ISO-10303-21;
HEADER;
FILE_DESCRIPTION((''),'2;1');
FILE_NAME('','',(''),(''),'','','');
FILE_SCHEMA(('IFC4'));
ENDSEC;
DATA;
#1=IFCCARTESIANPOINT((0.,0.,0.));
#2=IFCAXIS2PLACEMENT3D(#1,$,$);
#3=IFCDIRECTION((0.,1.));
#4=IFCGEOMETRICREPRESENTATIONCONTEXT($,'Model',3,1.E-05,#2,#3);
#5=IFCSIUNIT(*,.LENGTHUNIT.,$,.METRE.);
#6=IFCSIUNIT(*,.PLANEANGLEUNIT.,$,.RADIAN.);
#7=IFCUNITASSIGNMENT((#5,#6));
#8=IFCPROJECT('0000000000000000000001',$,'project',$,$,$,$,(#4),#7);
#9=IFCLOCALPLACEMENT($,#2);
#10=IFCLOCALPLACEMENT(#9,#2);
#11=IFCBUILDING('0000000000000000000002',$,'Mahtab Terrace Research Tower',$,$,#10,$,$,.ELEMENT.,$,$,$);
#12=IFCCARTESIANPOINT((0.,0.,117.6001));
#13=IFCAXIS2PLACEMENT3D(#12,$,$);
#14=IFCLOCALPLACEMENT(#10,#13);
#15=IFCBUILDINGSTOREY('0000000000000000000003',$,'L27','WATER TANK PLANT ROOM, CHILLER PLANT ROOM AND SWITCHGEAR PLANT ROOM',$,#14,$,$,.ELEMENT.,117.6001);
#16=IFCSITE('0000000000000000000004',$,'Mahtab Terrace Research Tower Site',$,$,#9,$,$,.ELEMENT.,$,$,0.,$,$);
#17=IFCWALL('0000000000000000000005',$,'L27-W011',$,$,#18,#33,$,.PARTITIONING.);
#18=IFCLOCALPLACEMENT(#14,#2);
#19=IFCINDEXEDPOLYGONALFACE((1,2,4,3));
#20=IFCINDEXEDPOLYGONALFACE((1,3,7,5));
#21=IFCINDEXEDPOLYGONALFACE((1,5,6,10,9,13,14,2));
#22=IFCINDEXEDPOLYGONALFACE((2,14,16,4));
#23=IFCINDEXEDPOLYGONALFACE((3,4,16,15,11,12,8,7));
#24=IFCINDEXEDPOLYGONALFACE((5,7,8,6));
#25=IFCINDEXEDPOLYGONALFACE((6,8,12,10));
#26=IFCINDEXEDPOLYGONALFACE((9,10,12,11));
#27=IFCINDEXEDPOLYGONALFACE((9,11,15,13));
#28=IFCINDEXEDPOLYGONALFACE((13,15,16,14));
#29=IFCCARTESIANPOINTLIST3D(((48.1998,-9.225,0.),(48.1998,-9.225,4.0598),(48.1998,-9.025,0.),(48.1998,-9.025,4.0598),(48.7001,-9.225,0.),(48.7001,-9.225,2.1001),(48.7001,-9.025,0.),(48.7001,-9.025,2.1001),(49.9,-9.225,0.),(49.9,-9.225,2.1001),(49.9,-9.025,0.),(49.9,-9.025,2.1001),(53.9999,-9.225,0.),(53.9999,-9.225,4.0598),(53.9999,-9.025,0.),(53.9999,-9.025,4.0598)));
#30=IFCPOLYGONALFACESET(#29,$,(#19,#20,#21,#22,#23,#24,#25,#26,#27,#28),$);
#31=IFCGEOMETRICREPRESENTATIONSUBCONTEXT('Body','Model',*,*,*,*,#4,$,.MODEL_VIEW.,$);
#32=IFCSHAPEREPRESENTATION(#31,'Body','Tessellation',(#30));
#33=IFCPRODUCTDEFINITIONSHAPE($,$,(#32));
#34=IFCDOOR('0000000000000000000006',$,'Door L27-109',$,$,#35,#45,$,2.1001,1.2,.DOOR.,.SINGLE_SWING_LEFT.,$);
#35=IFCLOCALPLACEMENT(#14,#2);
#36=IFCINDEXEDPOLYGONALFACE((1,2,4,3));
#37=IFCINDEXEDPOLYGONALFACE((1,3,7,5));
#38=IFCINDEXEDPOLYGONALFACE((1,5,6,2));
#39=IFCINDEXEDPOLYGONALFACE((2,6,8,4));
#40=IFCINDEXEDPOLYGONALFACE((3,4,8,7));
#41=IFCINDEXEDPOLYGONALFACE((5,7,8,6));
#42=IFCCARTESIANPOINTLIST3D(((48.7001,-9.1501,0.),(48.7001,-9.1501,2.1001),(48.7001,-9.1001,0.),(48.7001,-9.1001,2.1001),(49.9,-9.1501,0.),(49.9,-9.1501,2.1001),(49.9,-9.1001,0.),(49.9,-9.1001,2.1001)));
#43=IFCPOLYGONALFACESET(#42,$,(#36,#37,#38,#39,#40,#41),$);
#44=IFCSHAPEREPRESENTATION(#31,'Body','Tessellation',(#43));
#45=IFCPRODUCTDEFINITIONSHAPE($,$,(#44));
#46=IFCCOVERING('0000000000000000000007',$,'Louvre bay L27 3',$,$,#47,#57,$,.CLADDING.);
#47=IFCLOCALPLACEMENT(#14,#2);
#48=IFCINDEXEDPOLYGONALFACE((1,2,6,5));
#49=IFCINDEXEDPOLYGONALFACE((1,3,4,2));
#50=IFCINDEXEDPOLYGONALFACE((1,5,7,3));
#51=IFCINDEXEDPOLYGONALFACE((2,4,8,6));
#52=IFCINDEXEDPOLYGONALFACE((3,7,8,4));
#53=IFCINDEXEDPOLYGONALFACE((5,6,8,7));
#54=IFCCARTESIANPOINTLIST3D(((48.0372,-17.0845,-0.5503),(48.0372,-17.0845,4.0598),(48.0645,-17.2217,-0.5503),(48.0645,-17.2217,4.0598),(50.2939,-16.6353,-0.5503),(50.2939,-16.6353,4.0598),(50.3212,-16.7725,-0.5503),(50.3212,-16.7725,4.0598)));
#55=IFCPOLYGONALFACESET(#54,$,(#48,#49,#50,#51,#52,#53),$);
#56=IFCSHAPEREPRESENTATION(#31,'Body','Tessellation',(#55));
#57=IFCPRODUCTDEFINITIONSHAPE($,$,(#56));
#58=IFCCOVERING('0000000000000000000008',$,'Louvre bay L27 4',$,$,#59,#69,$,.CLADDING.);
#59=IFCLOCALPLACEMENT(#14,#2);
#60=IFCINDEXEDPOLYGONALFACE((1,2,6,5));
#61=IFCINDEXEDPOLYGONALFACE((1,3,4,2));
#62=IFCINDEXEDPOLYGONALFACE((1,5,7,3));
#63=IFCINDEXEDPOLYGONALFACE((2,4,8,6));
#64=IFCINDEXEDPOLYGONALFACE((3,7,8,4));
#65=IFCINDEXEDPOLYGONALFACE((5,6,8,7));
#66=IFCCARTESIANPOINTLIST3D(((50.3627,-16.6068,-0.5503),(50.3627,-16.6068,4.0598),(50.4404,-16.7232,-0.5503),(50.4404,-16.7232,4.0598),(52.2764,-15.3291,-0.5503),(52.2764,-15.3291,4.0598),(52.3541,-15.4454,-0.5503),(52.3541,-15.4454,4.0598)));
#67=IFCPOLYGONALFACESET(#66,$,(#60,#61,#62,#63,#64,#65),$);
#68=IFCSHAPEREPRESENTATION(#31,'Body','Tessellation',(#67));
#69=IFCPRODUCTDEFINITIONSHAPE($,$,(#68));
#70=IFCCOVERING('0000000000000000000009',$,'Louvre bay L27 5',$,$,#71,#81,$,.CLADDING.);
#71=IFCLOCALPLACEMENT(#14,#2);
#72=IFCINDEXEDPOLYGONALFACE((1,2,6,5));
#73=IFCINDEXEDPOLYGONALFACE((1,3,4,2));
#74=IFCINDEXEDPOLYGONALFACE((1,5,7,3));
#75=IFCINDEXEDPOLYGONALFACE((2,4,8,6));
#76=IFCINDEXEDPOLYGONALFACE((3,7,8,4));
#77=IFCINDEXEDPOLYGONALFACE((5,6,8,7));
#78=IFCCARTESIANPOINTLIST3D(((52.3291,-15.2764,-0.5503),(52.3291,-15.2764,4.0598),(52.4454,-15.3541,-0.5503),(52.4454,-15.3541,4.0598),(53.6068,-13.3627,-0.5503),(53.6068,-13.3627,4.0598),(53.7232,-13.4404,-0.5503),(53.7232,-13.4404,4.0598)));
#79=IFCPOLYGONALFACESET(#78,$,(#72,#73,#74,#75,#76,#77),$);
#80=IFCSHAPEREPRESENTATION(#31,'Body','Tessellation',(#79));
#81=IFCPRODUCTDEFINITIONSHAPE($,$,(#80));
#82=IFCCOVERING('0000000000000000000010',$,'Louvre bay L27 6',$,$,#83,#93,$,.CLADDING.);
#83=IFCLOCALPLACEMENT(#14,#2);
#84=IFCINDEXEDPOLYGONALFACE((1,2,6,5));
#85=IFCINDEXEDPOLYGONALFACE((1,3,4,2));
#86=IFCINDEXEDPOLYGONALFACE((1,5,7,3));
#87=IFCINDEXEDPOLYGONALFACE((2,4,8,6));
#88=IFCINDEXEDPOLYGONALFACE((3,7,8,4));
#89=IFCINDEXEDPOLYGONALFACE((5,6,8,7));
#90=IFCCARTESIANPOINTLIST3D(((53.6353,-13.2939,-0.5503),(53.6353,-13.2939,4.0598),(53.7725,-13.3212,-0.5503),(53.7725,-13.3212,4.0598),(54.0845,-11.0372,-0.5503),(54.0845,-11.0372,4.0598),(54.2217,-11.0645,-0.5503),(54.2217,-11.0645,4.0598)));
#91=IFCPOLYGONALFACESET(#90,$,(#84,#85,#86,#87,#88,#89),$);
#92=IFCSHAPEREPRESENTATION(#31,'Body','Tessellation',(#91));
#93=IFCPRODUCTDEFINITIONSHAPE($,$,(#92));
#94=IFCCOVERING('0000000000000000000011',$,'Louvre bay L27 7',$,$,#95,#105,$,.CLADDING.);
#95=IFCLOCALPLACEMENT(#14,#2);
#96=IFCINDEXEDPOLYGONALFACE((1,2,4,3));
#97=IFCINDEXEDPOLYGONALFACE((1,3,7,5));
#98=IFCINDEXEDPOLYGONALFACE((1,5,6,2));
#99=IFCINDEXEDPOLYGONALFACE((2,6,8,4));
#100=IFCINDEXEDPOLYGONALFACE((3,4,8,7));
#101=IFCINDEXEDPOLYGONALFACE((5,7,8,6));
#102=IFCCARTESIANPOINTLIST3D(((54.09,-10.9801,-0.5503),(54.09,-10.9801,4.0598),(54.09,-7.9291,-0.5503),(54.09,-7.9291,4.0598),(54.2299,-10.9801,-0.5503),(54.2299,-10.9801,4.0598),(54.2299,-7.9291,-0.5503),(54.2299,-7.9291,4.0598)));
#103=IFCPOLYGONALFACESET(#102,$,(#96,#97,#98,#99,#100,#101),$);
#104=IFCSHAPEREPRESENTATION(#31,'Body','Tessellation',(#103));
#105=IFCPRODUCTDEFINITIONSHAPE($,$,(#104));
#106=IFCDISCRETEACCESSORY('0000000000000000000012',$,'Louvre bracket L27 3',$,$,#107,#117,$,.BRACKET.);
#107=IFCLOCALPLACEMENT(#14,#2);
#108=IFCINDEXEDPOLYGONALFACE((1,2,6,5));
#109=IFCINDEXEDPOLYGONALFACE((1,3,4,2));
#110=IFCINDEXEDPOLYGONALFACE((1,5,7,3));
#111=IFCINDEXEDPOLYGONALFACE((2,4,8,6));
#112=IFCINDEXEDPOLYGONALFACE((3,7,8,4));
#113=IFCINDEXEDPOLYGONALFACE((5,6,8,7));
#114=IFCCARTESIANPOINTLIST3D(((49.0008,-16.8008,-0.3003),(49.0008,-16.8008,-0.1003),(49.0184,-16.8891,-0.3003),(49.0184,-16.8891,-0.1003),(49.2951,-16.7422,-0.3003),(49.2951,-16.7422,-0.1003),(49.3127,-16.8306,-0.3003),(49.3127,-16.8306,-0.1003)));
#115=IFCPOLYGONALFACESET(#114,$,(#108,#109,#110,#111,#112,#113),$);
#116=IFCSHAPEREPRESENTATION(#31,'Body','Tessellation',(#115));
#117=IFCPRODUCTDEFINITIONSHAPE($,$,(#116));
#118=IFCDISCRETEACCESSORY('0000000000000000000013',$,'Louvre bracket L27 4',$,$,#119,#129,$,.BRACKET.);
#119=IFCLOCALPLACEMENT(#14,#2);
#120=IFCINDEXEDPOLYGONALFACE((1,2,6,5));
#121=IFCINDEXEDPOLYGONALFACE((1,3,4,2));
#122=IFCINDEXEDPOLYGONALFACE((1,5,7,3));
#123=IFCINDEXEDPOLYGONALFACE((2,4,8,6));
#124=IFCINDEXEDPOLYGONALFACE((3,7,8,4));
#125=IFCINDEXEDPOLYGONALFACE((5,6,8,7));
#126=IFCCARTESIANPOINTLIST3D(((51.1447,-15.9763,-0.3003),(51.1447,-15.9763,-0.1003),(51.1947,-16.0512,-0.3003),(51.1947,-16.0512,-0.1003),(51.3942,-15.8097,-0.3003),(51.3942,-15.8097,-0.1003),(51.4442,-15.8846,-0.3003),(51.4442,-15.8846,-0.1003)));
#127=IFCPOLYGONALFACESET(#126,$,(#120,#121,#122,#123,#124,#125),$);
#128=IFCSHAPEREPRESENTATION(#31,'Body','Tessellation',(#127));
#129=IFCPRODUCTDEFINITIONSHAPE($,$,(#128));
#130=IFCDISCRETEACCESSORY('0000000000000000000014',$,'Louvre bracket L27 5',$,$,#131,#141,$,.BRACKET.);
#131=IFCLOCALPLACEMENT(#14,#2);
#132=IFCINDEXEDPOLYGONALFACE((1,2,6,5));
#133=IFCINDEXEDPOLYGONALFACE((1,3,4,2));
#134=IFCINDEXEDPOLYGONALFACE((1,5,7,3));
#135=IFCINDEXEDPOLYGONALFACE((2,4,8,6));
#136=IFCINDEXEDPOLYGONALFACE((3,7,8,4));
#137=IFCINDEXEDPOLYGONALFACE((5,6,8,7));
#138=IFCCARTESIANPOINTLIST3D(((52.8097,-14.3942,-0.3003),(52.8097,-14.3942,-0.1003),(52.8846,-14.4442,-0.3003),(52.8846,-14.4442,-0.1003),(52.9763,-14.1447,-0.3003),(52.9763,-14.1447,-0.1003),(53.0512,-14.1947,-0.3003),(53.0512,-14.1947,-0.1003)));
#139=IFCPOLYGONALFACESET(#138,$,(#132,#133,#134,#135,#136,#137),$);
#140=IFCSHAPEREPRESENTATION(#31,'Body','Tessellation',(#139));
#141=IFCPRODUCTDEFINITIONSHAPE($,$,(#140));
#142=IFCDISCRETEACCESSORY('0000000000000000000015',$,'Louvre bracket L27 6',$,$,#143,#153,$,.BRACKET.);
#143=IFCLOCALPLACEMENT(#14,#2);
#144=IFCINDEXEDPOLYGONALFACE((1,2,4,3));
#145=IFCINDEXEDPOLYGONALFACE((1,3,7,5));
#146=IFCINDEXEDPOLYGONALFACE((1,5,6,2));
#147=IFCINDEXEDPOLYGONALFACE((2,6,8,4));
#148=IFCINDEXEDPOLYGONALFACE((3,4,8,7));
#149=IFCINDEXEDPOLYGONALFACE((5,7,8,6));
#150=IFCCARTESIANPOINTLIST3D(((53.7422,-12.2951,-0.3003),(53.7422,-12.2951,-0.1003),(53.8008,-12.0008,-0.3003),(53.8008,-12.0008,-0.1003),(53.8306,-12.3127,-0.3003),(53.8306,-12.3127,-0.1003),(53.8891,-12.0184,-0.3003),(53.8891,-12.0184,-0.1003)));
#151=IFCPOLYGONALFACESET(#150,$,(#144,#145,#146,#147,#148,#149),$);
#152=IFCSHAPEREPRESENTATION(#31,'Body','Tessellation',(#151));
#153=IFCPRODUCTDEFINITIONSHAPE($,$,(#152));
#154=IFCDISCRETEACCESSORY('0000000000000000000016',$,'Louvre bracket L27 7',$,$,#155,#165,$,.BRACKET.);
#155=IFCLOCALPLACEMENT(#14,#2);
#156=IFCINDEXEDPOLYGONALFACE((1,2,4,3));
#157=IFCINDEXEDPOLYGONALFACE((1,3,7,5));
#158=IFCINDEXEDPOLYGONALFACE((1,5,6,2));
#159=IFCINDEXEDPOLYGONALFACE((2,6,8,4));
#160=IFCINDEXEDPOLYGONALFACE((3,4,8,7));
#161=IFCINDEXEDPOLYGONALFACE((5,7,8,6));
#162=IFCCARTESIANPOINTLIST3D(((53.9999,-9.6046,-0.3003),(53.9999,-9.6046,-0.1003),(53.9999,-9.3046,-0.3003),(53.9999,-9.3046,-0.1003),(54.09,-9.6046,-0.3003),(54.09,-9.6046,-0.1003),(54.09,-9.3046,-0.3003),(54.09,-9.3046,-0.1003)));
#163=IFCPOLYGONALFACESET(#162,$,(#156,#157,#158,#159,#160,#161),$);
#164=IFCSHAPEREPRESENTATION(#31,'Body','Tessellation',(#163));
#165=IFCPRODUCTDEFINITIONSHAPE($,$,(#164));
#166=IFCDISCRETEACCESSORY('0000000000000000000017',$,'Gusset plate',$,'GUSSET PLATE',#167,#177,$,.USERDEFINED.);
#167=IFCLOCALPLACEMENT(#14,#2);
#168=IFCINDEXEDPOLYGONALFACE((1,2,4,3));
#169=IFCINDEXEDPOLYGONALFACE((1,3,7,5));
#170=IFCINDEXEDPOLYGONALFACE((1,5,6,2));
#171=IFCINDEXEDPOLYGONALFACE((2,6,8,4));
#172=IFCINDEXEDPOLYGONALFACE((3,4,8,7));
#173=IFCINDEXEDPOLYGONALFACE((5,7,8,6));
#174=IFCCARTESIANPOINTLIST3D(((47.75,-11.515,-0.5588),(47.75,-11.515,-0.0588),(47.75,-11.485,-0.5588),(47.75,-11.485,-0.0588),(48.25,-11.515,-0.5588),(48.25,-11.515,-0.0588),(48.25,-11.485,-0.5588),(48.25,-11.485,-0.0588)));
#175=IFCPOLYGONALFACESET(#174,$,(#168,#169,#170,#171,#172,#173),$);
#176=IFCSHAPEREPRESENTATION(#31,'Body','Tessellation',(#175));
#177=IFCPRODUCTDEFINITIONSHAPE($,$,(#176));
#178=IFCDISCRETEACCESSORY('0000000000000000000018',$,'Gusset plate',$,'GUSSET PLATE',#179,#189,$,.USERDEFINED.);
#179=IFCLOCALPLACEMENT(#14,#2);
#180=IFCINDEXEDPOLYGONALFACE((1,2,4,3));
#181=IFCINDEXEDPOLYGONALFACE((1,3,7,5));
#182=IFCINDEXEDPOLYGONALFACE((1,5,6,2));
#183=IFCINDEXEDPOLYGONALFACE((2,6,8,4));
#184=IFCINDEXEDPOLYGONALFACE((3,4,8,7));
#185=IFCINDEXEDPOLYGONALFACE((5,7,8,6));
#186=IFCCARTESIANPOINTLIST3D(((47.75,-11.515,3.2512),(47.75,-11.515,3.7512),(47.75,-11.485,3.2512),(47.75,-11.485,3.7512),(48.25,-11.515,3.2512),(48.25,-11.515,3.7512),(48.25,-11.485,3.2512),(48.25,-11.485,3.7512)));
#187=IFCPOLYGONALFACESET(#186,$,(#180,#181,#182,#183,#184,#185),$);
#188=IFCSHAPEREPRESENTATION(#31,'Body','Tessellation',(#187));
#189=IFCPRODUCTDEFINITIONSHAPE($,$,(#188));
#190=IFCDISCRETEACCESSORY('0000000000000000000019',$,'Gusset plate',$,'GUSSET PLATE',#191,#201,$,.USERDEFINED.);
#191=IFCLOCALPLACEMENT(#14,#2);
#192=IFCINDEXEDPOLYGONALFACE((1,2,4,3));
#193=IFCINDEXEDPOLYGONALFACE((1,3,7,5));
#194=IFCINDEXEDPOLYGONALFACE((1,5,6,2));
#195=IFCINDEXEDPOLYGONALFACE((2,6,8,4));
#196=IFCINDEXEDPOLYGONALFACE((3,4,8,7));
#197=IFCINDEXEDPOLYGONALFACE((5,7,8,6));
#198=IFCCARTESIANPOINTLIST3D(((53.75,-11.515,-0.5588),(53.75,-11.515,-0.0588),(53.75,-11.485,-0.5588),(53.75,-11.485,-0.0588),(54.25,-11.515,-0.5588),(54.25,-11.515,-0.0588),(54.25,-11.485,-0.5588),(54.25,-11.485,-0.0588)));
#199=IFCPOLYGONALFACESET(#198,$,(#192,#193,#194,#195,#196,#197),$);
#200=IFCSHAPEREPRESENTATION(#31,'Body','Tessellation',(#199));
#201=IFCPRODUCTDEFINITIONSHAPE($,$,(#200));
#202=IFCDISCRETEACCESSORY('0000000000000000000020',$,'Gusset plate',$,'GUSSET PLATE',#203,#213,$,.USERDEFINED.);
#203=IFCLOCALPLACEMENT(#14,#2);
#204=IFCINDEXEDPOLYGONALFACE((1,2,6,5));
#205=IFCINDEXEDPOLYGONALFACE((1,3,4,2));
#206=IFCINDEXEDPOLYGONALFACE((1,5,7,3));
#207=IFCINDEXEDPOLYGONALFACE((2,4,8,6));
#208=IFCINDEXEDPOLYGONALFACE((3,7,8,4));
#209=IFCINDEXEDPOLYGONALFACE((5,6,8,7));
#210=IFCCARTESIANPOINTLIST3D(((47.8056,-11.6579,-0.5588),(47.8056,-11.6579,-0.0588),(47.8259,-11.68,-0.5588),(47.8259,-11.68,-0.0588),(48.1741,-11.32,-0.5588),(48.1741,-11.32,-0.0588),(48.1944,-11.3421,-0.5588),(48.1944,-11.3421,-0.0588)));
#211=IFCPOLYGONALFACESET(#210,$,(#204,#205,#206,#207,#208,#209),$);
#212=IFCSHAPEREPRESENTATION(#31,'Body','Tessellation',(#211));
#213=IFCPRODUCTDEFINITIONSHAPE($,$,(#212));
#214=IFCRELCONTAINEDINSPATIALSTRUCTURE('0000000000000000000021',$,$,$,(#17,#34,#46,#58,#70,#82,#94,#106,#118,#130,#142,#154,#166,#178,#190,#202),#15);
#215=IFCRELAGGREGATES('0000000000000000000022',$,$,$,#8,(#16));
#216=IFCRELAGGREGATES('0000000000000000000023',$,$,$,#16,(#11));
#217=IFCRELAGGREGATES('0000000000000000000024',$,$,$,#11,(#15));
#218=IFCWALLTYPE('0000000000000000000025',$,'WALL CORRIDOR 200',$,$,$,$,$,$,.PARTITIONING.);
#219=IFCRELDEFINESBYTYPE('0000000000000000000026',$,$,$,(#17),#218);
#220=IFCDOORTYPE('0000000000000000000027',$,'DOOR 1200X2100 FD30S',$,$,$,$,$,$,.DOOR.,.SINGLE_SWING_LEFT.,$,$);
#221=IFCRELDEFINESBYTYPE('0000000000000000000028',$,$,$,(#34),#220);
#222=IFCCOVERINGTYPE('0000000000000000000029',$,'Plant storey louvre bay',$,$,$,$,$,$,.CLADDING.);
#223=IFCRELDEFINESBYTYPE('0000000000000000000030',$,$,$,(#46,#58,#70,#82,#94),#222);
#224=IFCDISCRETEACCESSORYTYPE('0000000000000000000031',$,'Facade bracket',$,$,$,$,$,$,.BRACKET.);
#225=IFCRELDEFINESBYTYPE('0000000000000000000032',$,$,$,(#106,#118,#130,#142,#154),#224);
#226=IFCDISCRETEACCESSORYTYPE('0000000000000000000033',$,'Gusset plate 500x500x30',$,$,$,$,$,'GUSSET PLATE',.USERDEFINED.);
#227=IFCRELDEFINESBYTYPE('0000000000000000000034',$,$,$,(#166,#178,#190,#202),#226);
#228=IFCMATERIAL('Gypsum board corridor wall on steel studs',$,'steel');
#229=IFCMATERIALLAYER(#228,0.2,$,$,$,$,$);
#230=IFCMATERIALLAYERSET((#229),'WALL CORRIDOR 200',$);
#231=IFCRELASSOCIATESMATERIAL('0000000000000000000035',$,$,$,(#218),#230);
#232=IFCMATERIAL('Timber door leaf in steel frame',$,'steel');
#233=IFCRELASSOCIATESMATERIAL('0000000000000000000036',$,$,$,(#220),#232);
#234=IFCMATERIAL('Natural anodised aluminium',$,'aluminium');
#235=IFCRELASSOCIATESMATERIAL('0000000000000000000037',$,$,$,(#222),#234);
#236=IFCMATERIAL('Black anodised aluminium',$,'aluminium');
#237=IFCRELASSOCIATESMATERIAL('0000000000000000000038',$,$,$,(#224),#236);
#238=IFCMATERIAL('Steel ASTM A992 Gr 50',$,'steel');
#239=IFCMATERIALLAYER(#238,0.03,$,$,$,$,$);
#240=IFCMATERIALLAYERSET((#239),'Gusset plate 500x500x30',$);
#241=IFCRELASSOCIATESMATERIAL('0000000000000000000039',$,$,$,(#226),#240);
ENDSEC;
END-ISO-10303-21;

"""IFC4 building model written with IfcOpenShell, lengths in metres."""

from ifc_helpers import new_model, si_unit, direction, frame, frame_2d, origin, origin_2d, place, context, subcontext, project, spatial, rectangle, extrude, material, layer, layer_set, type_object, element, fill, save


model = new_model("IFC4")

# Units and contexts
model_context = context("Model", 3, precision=1e-05, world=origin(), true_north=direction((0.0, 1.0)))
body_context = subcontext(model_context, "Body", "Model", "MODEL_VIEW")
ifc_project = project(units=[si_unit("LENGTHUNIT", "METRE"), si_unit("PLANEANGLEUNIT", "RADIAN")], contexts=[model_context])

# Site, building, storey
site_placement = place(None, origin())
site = spatial("IfcSite", under=ifc_project, at=site_placement, Name="Mahtab Terrace Research Tower Site", CompositionType="ELEMENT", RefElevation=0.0)
building_placement = place(site_placement, origin())
building = spatial("IfcBuilding", under=site, at=building_placement, Name="Mahtab Terrace Research Tower", CompositionType="ELEMENT")
storey_placement = place(building_placement, frame((0.0, 0.0, 117.6001)))
storey = spatial("IfcBuildingStorey", under=building, at=storey_placement, Name="L27", Description="WATER TANK PLANT ROOM, CHILLER PLANT ROOM AND SWITCHGEAR PLANT ROOM", CompositionType="ELEMENT", Elevation=117.6001)

# Shared definitions
ifc_material_1 = material(Name="Steel ASTM A992 Gr 50", Category="steel")

# Wall, opening, door
ifc_material_2 = material(Name="Gypsum board corridor wall on steel studs", Category="steel")
ifc_layer_1 = layer(ifc_material_2, 0.2)
ifc_layer_set_1 = layer_set([ifc_layer_1], Name="WALL CORRIDOR 200")
wall_type = type_object("IfcWallType", Name="WALL CORRIDOR 200", PredefinedType="PARTITIONING", material=ifc_layer_set_1)
wall_placement = place(storey_placement, frame((48.2, -9.125, 0.0), z_axis=(0.0, 0.0, 1.0), x_axis=(1.0, 0.0, 0.0)))
wall = element("IfcWall", 1, at=wall_placement, inside=storey, type_object=wall_type, Name="L27-W011", PredefinedType="PARTITIONING", context=body_context, shape_type="SweptSolid", body=[
    extrude(rectangle(XDim=5.8, YDim=0.2, at=frame_2d((2.8999, 0.0))), origin(), (0.0, 0.0, 1.0), 4.0598),
])
opening_placement = place(wall_placement, frame((0.5, 0.0, 0.0)))
opening = element("IfcOpeningElement", 2, at=opening_placement, cuts=wall, PredefinedType="OPENING", context=body_context, shape_type="SweptSolid", body=[
    extrude(rectangle(XDim=1.2, YDim=2.1001, at=frame_2d((0.6001, 1.05))), frame((0.0, 0.1099, 0.0), z_axis=(0.0, -1.0, 0.0), x_axis=(1.0, 0.0, 0.0)), (0.0, 0.0, 1.0), 0.22),
])
ifc_material_3 = material(Name="Timber door leaf in steel frame", Category="steel")
door_type = type_object("IfcDoorType", Name="DOOR 1200X2100 FD30S", OperationType="SINGLE_SWING_LEFT", PredefinedType="DOOR", material=ifc_material_3)
door_placement = place(opening_placement, origin())
door = element("IfcDoor", 3, at=door_placement, inside=storey, type_object=door_type, Name="Door L27-109", OperationType="SINGLE_SWING_LEFT", OverallHeight=2.1001, OverallWidth=1.2, PredefinedType="DOOR", context=body_context, shape_type="SweptSolid", body=[
    extrude(rectangle(XDim=1.2, YDim=2.1001, at=frame_2d((0.6001, 1.05))), frame((0.0, 0.0249, 0.0), z_axis=(0.0, -1.0, 0.0), x_axis=(1.0, 0.0, 0.0)), (0.0, 0.0, 1.0), 0.05),
])
fill(opening, door)

# Coverings
ifc_material_4 = material(Name="Natural anodised aluminium", Category="aluminium")
covering_type = type_object("IfcCoveringType", Name="Plant storey louvre bay", PredefinedType="CLADDING", material=ifc_material_4)
for number, where, z_axis, x_axis, name in (
    (4, (49.1792, -16.9285, -0.5503), (0.0, 0.0, 1.0), (0.980761, 0.195212, 0.0), "Louvre bay L27 3"),
    (5, (51.3584, -16.0261, -0.5503), (0.0, 0.0, 1.0), (0.831656, 0.555291, 0.0), "Louvre bay L27 4"),
    (6, (53.0261, -14.3584, -0.5503), (0.0, 0.0, 1.0), (0.555291, 0.831656, 0.0), "Louvre bay L27 5"),
    (7, (53.9285, -12.1792, -0.5503), (0.0, 0.0, 1.0), (0.195212, 0.980761, 0.0), "Louvre bay L27 6"),
):
    element("IfcCovering", number, at=place(storey_placement, frame(where, z_axis=z_axis, x_axis=x_axis)), inside=storey, type_object=covering_type, Name=name, PredefinedType="CLADDING", context=body_context, shape_type="SweptSolid", body=[
        extrude(rectangle(XDim=2.301, YDim=0.1399, at=origin_2d()), origin(), (0.0, 0.0, 1.0), 4.6101),
    ])
covering_placement = place(storey_placement, frame((54.1599, -9.4546, -0.5503), z_axis=(0.0, 0.0, 1.0), x_axis=(0.0, 1.0, 0.0)))
element("IfcCovering", 8, at=covering_placement, inside=storey, type_object=covering_type, Name="Louvre bay L27 7", PredefinedType="CLADDING", context=body_context, shape_type="SweptSolid", body=[
    extrude(rectangle(XDim=3.051, YDim=0.1399, at=origin_2d()), origin(), (0.0, 0.0, 1.0), 4.6101),
])

# Discrete accessories
ifc_material_5 = material(Name="Black anodised aluminium", Category="aluminium")
discrete_accessory_type_1 = type_object("IfcDiscreteAccessoryType", Name="Facade bracket", PredefinedType="BRACKET", material=ifc_material_5)
for number, where, z_axis, x_axis, name in (
    (9, (49.1567, -16.8157, -0.3003), (0.0, 0.0, 1.0), (0.980761, 0.195212, 0.0), "Louvre bracket L27 3"),
    (10, (51.2944, -15.9304, -0.3003), (0.0, 0.0, 1.0), (0.831656, 0.555291, 0.0), "Louvre bracket L27 4"),
    (11, (52.9304, -14.2944, -0.3003), (0.0, 0.0, 1.0), (0.555291, 0.831656, 0.0), "Louvre bracket L27 5"),
    (12, (53.8157, -12.1567, -0.3003), (0.0, 0.0, 1.0), (0.195212, 0.980761, 0.0), "Louvre bracket L27 6"),
    (13, (54.0449, -9.4546, -0.3003), (0.0, 0.0, 1.0), (0.0, 1.0, 0.0), "Louvre bracket L27 7"),
):
    element("IfcDiscreteAccessory", number, at=place(storey_placement, frame(where, z_axis=z_axis, x_axis=x_axis)), inside=storey, type_object=discrete_accessory_type_1, Name=name, PredefinedType="BRACKET", context=body_context, shape_type="SweptSolid", body=[
        extrude(rectangle(XDim=0.3, YDim=0.0901, at=origin_2d()), origin(), (0.0, 0.0, 1.0), 0.2),
    ])
ifc_layer_2 = layer(ifc_material_1, 0.03)
ifc_layer_set_2 = layer_set([ifc_layer_2], Name="Gusset plate 500x500x30")
discrete_accessory_type_2 = type_object("IfcDiscreteAccessoryType", Name="Gusset plate 500x500x30", ElementType="GUSSET PLATE", PredefinedType="USERDEFINED", material=ifc_layer_set_2)
for number, where, z_axis, x_axis, name in (
    (14, (48.0, -11.5, -0.5588), (0.0, 0.0, 1.0), (1.0, 0.0, 0.0), "Gusset plate"),
    (15, (48.0, -11.5, 3.2512), (0.0, 0.0, 1.0), (1.0, 0.0, 0.0), "Gusset plate"),
    (16, (54.0, -11.5, -0.5588), (0.0, 0.0, 1.0), (1.0, 0.0, 0.0), "Gusset plate"),
    (17, (48.0, -11.5, -0.5588), (0.0, 0.0, 1.0), (0.737159, 0.675719, 0.0), "Gusset plate"),
):
    element("IfcDiscreteAccessory", number, at=place(storey_placement, frame(where, z_axis=z_axis, x_axis=x_axis)), inside=storey, type_object=discrete_accessory_type_2, Name=name, ObjectType="GUSSET PLATE", PredefinedType="USERDEFINED", context=body_context, shape_type="SweptSolid", body=[
        extrude(rectangle(XDim=0.5, YDim=0.03, at=origin_2d()), origin(), (0.0, 0.0, 1.0), 0.5),
    ])

save(model, "model.ifc")
